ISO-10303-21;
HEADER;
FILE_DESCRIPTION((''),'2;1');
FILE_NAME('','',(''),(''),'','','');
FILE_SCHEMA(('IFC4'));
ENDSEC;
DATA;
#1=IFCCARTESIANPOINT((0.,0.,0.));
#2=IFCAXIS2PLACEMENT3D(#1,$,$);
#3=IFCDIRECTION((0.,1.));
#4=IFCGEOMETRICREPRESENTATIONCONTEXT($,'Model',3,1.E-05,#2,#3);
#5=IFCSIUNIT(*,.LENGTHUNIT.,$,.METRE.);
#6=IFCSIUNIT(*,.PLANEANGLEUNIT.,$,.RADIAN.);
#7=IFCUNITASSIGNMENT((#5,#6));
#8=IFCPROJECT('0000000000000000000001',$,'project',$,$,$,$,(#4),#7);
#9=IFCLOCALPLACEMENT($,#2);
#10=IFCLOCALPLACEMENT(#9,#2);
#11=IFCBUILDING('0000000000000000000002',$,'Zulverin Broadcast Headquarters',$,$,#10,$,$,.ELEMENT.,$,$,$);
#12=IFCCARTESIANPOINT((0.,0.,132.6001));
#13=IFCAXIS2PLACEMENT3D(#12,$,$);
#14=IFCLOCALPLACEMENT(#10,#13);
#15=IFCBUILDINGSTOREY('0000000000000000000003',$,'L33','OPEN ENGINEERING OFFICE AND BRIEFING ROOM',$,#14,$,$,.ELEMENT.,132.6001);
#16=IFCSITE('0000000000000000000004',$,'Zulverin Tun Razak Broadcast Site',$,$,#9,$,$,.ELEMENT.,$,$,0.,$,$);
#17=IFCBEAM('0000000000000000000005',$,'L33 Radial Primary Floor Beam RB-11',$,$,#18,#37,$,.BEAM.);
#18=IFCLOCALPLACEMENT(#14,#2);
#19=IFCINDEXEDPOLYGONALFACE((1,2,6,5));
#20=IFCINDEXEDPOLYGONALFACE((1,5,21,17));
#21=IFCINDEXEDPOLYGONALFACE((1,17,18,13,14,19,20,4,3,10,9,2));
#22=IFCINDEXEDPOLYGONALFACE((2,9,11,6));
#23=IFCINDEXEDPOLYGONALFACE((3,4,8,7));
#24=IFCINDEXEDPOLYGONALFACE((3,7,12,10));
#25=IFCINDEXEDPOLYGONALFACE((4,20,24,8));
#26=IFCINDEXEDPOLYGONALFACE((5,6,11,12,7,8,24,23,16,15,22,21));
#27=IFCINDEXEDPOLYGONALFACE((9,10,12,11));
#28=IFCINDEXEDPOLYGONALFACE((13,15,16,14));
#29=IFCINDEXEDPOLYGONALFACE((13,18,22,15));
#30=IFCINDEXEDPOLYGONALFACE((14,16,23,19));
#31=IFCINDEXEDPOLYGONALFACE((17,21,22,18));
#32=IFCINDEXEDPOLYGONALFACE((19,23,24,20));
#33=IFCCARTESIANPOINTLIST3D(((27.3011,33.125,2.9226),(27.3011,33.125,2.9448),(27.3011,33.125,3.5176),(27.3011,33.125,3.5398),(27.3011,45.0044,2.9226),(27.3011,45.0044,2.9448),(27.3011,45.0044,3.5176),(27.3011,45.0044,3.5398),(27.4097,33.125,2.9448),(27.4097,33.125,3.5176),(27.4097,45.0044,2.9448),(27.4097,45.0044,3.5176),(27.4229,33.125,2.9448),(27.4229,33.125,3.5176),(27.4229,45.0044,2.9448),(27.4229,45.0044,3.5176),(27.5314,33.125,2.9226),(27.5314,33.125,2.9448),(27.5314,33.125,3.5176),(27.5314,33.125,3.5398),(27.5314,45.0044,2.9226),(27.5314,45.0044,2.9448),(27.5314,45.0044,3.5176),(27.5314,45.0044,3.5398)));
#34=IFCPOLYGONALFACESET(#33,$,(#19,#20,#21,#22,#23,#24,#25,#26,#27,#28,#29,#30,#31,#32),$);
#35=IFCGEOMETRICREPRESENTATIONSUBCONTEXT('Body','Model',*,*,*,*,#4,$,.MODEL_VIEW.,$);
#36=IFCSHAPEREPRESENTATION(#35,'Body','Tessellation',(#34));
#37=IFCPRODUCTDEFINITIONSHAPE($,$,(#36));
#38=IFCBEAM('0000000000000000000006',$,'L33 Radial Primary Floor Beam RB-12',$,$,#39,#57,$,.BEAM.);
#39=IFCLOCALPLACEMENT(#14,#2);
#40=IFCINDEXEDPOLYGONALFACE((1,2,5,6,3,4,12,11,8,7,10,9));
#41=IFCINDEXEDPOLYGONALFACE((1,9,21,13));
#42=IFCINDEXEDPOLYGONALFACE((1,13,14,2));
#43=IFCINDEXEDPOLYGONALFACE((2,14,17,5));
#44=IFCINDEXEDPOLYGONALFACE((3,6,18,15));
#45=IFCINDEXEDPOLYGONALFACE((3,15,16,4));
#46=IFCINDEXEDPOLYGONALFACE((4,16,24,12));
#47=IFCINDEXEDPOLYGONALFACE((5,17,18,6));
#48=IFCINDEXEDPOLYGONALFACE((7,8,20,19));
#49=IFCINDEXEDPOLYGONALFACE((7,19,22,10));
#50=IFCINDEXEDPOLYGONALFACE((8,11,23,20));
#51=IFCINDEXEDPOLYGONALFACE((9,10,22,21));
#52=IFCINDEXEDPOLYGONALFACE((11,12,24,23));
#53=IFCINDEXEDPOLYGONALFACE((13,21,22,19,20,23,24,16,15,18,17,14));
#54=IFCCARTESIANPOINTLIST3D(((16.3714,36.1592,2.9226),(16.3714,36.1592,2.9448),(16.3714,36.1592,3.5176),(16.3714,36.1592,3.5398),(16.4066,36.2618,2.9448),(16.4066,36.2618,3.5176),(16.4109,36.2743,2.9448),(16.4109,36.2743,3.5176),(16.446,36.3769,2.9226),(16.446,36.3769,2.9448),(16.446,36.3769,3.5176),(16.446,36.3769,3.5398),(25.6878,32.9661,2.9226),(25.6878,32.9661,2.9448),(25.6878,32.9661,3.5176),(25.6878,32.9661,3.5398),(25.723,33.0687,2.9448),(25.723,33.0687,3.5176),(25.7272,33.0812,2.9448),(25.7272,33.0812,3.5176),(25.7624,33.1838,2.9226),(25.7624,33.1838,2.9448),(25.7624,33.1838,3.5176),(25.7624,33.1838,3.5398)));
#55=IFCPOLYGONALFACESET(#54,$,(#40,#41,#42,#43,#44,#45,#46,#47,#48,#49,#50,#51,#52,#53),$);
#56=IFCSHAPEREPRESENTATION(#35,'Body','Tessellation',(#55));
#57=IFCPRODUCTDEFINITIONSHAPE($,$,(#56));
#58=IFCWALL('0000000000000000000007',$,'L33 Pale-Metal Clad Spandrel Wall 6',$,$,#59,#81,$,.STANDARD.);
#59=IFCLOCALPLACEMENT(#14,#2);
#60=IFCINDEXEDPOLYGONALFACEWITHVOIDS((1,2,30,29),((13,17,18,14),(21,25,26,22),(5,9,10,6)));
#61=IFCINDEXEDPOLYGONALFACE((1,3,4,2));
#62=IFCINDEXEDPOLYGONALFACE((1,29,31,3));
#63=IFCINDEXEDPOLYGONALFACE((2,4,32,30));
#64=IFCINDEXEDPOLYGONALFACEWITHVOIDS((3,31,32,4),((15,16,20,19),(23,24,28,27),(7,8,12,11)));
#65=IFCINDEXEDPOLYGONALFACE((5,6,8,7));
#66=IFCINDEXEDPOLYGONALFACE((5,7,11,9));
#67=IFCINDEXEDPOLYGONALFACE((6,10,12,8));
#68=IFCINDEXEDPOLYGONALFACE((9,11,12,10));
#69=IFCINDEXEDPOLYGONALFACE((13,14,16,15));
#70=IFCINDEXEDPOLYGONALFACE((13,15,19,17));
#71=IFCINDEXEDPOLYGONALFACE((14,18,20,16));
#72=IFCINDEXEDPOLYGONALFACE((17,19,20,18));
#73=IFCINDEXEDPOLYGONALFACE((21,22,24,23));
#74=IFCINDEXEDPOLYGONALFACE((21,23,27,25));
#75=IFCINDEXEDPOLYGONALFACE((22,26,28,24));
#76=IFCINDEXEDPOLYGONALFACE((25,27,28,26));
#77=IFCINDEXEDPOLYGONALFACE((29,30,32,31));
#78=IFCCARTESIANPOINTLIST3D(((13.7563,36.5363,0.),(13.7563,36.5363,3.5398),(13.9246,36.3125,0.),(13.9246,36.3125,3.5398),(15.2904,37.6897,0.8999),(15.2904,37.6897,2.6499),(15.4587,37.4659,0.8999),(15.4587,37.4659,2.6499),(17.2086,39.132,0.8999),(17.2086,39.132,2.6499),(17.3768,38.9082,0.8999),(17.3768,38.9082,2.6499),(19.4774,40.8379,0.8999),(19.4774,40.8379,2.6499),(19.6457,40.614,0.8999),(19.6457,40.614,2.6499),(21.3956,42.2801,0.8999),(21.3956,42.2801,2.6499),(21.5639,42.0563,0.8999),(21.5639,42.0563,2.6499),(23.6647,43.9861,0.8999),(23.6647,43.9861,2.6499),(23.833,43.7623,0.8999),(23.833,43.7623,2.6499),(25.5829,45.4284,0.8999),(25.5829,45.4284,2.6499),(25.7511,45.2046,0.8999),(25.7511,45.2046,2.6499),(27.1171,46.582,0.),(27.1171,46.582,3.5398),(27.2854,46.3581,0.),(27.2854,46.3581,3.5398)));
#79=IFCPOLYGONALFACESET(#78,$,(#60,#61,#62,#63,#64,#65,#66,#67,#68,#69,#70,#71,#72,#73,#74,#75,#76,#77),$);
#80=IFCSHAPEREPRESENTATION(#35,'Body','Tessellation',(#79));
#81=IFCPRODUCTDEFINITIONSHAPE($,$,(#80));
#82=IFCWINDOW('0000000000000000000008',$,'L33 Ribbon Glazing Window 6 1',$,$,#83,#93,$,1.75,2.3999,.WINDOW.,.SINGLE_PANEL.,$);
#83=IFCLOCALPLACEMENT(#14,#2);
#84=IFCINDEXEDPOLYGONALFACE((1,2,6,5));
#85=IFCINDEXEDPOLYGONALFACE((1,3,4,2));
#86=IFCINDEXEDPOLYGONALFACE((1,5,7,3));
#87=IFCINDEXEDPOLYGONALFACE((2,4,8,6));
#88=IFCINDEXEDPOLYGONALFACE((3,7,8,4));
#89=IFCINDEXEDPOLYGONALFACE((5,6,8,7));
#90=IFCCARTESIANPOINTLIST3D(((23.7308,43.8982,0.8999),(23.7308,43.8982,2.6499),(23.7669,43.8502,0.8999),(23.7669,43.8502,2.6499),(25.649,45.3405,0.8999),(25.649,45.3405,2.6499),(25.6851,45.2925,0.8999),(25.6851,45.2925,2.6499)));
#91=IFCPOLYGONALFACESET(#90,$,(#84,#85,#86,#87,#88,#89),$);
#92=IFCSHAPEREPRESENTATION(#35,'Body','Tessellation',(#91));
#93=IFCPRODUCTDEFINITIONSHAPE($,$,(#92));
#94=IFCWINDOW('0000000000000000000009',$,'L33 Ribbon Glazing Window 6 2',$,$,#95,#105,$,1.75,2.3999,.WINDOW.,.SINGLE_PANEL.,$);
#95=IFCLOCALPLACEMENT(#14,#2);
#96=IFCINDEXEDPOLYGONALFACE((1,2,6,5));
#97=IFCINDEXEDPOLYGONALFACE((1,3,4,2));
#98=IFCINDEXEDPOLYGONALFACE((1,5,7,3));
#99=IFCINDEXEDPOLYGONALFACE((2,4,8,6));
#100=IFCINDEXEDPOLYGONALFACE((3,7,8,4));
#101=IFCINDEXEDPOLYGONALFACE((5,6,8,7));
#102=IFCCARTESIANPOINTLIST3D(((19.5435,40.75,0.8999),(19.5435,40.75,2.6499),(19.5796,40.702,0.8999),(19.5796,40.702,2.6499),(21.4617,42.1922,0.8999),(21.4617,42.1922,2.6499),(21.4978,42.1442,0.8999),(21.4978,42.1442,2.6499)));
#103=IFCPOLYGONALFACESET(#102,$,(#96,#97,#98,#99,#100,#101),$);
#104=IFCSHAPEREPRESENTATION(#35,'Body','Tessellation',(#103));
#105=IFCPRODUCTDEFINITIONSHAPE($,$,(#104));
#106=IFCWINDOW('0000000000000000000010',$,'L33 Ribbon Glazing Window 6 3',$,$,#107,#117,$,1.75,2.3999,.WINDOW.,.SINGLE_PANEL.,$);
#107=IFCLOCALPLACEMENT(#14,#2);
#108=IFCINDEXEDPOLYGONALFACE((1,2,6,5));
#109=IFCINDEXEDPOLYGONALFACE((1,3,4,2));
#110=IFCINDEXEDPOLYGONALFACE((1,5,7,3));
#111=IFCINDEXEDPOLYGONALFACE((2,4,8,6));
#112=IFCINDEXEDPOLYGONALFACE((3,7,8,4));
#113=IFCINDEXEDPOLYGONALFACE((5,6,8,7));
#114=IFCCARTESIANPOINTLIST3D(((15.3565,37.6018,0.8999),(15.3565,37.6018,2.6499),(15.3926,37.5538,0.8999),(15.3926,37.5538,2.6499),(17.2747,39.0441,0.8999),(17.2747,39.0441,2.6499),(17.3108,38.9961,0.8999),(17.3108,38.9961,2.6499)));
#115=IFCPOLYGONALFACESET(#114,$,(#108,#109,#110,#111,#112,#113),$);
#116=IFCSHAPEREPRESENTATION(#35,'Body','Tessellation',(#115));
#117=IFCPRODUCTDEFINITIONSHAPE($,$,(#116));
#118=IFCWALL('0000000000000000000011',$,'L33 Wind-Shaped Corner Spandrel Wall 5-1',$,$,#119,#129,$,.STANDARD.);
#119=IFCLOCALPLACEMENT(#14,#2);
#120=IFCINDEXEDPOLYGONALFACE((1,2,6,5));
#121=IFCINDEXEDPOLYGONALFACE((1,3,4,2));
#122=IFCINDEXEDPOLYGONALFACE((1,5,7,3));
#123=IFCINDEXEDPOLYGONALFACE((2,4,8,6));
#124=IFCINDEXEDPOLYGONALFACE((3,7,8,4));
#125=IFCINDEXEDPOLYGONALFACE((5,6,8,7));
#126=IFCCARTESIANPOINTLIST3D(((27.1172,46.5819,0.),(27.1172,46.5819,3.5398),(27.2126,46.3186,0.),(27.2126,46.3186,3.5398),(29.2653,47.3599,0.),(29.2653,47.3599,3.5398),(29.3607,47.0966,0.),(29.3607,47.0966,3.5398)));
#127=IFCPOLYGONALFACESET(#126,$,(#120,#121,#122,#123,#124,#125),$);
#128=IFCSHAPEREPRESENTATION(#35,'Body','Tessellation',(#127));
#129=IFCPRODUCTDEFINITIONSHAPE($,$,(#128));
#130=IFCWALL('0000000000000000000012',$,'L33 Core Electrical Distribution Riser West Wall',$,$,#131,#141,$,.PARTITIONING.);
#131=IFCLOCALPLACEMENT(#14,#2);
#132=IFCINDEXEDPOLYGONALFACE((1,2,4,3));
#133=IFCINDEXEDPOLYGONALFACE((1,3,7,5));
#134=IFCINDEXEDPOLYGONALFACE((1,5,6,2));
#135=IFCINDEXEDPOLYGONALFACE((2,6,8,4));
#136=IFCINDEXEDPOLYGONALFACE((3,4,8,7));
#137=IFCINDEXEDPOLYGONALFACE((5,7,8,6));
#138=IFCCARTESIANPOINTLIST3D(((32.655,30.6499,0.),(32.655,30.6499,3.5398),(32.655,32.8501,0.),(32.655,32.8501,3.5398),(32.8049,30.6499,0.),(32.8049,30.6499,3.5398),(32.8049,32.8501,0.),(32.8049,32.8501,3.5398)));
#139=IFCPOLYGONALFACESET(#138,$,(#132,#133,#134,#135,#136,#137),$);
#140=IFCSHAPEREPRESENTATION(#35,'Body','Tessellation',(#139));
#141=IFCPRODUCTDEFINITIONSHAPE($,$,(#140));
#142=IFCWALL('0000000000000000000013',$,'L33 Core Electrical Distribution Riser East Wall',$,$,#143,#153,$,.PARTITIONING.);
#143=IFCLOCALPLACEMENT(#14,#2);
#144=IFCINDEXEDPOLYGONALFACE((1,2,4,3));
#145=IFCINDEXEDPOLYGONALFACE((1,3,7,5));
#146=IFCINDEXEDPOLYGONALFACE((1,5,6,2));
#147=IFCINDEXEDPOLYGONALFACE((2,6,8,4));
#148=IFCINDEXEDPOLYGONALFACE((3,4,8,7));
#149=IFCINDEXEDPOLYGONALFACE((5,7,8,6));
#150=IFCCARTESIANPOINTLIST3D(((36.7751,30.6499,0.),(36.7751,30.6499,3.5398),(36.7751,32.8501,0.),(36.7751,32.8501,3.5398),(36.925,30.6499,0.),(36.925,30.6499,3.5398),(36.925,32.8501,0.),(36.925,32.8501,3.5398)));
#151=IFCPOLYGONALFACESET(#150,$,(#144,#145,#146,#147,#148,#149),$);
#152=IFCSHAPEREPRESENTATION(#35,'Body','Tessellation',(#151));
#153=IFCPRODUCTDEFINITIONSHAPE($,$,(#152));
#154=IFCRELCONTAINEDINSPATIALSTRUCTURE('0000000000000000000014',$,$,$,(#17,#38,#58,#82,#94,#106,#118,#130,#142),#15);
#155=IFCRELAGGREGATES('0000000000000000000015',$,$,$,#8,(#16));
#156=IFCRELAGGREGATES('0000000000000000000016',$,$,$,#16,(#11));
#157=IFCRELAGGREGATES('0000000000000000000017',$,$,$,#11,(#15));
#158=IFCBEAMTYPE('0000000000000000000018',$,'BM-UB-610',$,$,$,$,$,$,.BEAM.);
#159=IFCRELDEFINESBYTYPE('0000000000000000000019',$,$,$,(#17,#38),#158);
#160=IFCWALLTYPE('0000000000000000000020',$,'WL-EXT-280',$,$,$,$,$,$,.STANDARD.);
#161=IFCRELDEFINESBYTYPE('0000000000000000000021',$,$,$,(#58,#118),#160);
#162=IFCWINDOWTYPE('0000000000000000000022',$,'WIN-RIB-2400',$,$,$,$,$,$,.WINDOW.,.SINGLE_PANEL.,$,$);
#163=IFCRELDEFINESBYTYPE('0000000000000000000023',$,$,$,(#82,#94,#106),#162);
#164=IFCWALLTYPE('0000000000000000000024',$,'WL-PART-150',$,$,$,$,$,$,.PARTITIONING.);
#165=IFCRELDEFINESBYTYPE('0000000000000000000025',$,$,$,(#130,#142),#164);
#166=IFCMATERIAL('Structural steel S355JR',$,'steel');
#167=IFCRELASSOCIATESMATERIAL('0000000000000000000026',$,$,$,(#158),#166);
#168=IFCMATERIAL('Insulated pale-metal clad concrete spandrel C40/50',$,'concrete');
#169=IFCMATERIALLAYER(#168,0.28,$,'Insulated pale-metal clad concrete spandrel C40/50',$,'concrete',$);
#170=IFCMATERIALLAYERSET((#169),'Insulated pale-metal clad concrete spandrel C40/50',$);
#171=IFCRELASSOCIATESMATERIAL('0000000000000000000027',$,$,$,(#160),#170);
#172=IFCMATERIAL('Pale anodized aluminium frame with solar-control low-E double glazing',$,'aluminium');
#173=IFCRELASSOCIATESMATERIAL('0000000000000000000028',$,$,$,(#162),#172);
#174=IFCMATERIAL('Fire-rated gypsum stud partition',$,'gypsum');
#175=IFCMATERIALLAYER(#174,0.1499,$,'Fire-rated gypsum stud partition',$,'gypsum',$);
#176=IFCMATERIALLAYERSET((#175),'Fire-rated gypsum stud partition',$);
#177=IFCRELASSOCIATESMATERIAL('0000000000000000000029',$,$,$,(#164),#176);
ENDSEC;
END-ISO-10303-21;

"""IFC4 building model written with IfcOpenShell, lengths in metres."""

from ifc_helpers import new_model, si_unit, direction, frame, frame_2d, origin, origin_2d, place, context, subcontext, project, spatial, rectangle, i_section, extrude, material, layer, layer_set, material_profile, profile_set, type_object, element, fill, save


model = new_model("IFC4")

# Units and contexts
model_context = context("Model", 3, precision=1e-05, world=origin(), true_north=direction((0.0, 1.0)))
body_context = subcontext(model_context, "Body", "Model", "MODEL_VIEW")
ifc_project = project(units=[si_unit("LENGTHUNIT", "METRE"), si_unit("PLANEANGLEUNIT", "RADIAN")], contexts=[model_context])

# Site, building, storey
site_placement = place(None, origin())
site = spatial("IfcSite", under=ifc_project, at=site_placement, Name="Zulverin Tun Razak Broadcast Site", CompositionType="ELEMENT", RefElevation=0.0)
building_placement = place(site_placement, origin())
building = spatial("IfcBuilding", under=site, at=building_placement, Name="Zulverin Broadcast Headquarters", CompositionType="ELEMENT")
storey_placement = place(building_placement, frame((0.0, 0.0, 132.6001)))
storey = spatial("IfcBuildingStorey", under=building, at=storey_placement, Name="L33", Description="OPEN ENGINEERING OFFICE AND BRIEFING ROOM", CompositionType="ELEMENT", Elevation=132.6001)

# Beams
ifc_material_1 = material(Name="Structural steel S355JR", Category="steel")
ifc_material_profile_1 = material_profile(ifc_material_1, i_section(OverallWidth=0.2302, OverallDepth=0.6172, WebThickness=0.0132, FlangeThickness=0.0222, at=origin_2d()), Name="Structural steel S355JR", Category="steel")
ifc_profile_set_1 = profile_set([ifc_material_profile_1], Name="Structural steel S355JR")
beam_type_1 = type_object("IfcBeamType", Name="BM-UB-610", PredefinedType="BEAM", material=ifc_profile_set_1)
beam_1_placement = place(storey_placement, frame((27.4163, 33.125, 3.2312), z_axis=(0.0, 1.0, 0.0), x_axis=(-1.0, 0.0, 0.0)))
element("IfcBeam", 1, at=beam_1_placement, inside=storey, type_object=beam_type_1, Name="L33 Radial Primary Floor Beam RB-11", PredefinedType="BEAM", context=body_context, shape_type="SweptSolid", body=[
    extrude(i_section(OverallWidth=0.2302, OverallDepth=0.6172, WebThickness=0.0132, FlangeThickness=0.0222, at=origin_2d()), origin(), (0.0, 0.0, 1.0), 11.8794),
])
beam_2_placement = place(storey_placement, frame((25.7251, 33.075, 3.2312), z_axis=(-0.94598, 0.324226, 0.0), x_axis=(-0.324226, -0.94598, 0.0)))
element("IfcBeam", 2, at=beam_2_placement, inside=storey, type_object=beam_type_1, Name="L33 Radial Primary Floor Beam RB-12", PredefinedType="BEAM", context=body_context, shape_type="SweptSolid", body=[
    extrude(i_section(OverallWidth=0.2302, OverallDepth=0.6172, WebThickness=0.0132, FlangeThickness=0.0222, at=origin_2d()), origin(), (0.0, 0.0, 1.0), 9.8484),
])

# Wall, openings, windows
ifc_material_2 = material(Name="Insulated pale-metal clad concrete spandrel C40/50", Category="concrete")
ifc_layer_1 = layer(ifc_material_2, 0.28, Name="Insulated pale-metal clad concrete spandrel C40/50", Category="concrete")
ifc_layer_set_1 = layer_set([ifc_layer_1], Name="Insulated pale-metal clad concrete spandrel C40/50")
wall_type_1 = type_object("IfcWallType", Name="WL-EXT-280", PredefinedType="STANDARD", material=ifc_layer_set_1)
wall_1_placement = place(storey_placement, frame((27.2012, 46.47, 0.0), z_axis=(0.0, 0.0, 1.0), x_axis=(-0.799281, -0.600958, 0.0)))
wall_1 = element("IfcWall", 3, at=wall_1_placement, inside=storey, type_object=wall_type_1, Name="L33 Pale-Metal Clad Spandrel Wall 6", PredefinedType="STANDARD", context=body_context, shape_type="SweptSolid", body=[
    extrude(rectangle(XDim=16.7161, YDim=0.28, at=frame_2d((8.3579, 0.0))), origin(), (0.0, 0.0, 1.0), 3.5398),
])
opening_1_placement = place(wall_1_placement, frame((1.9194, 0.0, 0.8999)))
opening_1 = element("IfcOpeningElement", 4, at=opening_1_placement, cuts=wall_1, PredefinedType="OPENING", context=body_context, shape_type="SweptSolid", body=[
    extrude(rectangle(XDim=2.3999, YDim=1.75, at=frame_2d((1.2, 0.875))), frame((0.0, 0.1499, 0.0), z_axis=(0.0, -1.0, 0.0), x_axis=(1.0, 0.0, 0.0)), (0.0, 0.0, 1.0), 0.3),
])
opening_2_placement = place(wall_1_placement, frame((7.1582, 0.0, 0.8999)))
opening_2 = element("IfcOpeningElement", 5, at=opening_2_placement, cuts=wall_1, PredefinedType="OPENING", context=body_context, shape_type="SweptSolid", body=[
    extrude(rectangle(XDim=2.3999, YDim=1.75, at=frame_2d((1.2, 0.875))), frame((0.0, 0.1499, 0.0), z_axis=(0.0, -1.0, 0.0), x_axis=(1.0, 0.0, 0.0)), (0.0, 0.0, 1.0), 0.3),
])
opening_3_placement = place(wall_1_placement, frame((12.3967, 0.0, 0.8999)))
opening_3 = element("IfcOpeningElement", 6, at=opening_3_placement, cuts=wall_1, PredefinedType="OPENING", context=body_context, shape_type="SweptSolid", body=[
    extrude(rectangle(XDim=2.3999, YDim=1.75, at=frame_2d((1.2, 0.875))), frame((0.0, 0.1499, 0.0), z_axis=(0.0, -1.0, 0.0), x_axis=(1.0, 0.0, 0.0)), (0.0, 0.0, 1.0), 0.3),
])
ifc_material_3 = material(Name="Pale anodized aluminium frame with solar-control low-E double glazing", Category="aluminium")
window_type = type_object("IfcWindowType", Name="WIN-RIB-2400", PartitioningType="SINGLE_PANEL", PredefinedType="WINDOW", material=ifc_material_3)
window_1_placement = place(opening_1_placement, origin())
window_1 = element("IfcWindow", 7, at=window_1_placement, inside=storey, type_object=window_type, Name="L33 Ribbon Glazing Window 6 1", OverallHeight=1.75, OverallWidth=2.3999, PartitioningType="SINGLE_PANEL", PredefinedType="WINDOW", context=body_context, shape_type="SweptSolid", body=[
    extrude(rectangle(XDim=2.3999, YDim=1.75, at=frame_2d((1.2, 0.875))), frame((0.0, 0.03, 0.0), z_axis=(0.0, -1.0, 0.0), x_axis=(1.0, 0.0, 0.0)), (0.0, 0.0, 1.0), 0.0601),
])
fill(opening_1, window_1)
window_2_placement = place(opening_2_placement, origin())
window_2 = element("IfcWindow", 8, at=window_2_placement, inside=storey, type_object=window_type, Name="L33 Ribbon Glazing Window 6 2", OverallHeight=1.75, OverallWidth=2.3999, PartitioningType="SINGLE_PANEL", PredefinedType="WINDOW", context=body_context, shape_type="SweptSolid", body=[
    extrude(rectangle(XDim=2.3999, YDim=1.75, at=frame_2d((1.2, 0.875))), frame((0.0, 0.03, 0.0), z_axis=(0.0, -1.0, 0.0), x_axis=(1.0, 0.0, 0.0)), (0.0, 0.0, 1.0), 0.0601),
])
fill(opening_2, window_2)
window_3_placement = place(opening_3_placement, origin())
window_3 = element("IfcWindow", 9, at=window_3_placement, inside=storey, type_object=window_type, Name="L33 Ribbon Glazing Window 6 3", OverallHeight=1.75, OverallWidth=2.3999, PartitioningType="SINGLE_PANEL", PredefinedType="WINDOW", context=body_context, shape_type="SweptSolid", body=[
    extrude(rectangle(XDim=2.3999, YDim=1.75, at=frame_2d((1.2, 0.875))), frame((0.0, 0.03, 0.0), z_axis=(0.0, -1.0, 0.0), x_axis=(1.0, 0.0, 0.0)), (0.0, 0.0, 1.0), 0.0601),
])
fill(opening_3, window_3)

# Walls
wall_2_placement = place(storey_placement, frame((29.313, 47.2283, 0.0), z_axis=(0.0, 0.0, 1.0), x_axis=(-0.940226, -0.34055, 0.0)))
element("IfcWall", 10, at=wall_2_placement, inside=storey, type_object=wall_type_1, Name="L33 Wind-Shaped Corner Spandrel Wall 5-1", PredefinedType="STANDARD", context=body_context, shape_type="SweptSolid", body=[
    extrude(rectangle(XDim=2.2847, YDim=0.28, at=frame_2d((1.1423, 0.0))), origin(), (0.0, 0.0, 1.0), 3.5398),
])
ifc_material_4 = material(Name="Fire-rated gypsum stud partition", Category="gypsum")
ifc_layer_2 = layer(ifc_material_4, 0.1499, Name="Fire-rated gypsum stud partition", Category="gypsum")
ifc_layer_set_2 = layer_set([ifc_layer_2], Name="Fire-rated gypsum stud partition")
wall_type_2 = type_object("IfcWallType", Name="WL-PART-150", PredefinedType="PARTITIONING", material=ifc_layer_set_2)
for number, where, z_axis, x_axis, name in (
    (11, (32.73, 30.6499, 0.0), (0.0, 0.0, 1.0), (0.0, 1.0, 0.0), "L33 Core Electrical Distribution Riser West Wall"),
    (12, (36.8501, 30.6499, 0.0), (0.0, 0.0, 1.0), (0.0, 1.0, 0.0), "L33 Core Electrical Distribution Riser East Wall"),
):
    element("IfcWall", number, at=place(storey_placement, frame(where, z_axis=z_axis, x_axis=x_axis)), inside=storey, type_object=wall_type_2, Name=name, PredefinedType="PARTITIONING", context=body_context, shape_type="SweptSolid", body=[
        extrude(rectangle(XDim=2.2002, YDim=0.1499, at=frame_2d((1.1001, 0.0))), origin(), (0.0, 0.0, 1.0), 3.5398),
    ])

save(model, "model.ifc")
